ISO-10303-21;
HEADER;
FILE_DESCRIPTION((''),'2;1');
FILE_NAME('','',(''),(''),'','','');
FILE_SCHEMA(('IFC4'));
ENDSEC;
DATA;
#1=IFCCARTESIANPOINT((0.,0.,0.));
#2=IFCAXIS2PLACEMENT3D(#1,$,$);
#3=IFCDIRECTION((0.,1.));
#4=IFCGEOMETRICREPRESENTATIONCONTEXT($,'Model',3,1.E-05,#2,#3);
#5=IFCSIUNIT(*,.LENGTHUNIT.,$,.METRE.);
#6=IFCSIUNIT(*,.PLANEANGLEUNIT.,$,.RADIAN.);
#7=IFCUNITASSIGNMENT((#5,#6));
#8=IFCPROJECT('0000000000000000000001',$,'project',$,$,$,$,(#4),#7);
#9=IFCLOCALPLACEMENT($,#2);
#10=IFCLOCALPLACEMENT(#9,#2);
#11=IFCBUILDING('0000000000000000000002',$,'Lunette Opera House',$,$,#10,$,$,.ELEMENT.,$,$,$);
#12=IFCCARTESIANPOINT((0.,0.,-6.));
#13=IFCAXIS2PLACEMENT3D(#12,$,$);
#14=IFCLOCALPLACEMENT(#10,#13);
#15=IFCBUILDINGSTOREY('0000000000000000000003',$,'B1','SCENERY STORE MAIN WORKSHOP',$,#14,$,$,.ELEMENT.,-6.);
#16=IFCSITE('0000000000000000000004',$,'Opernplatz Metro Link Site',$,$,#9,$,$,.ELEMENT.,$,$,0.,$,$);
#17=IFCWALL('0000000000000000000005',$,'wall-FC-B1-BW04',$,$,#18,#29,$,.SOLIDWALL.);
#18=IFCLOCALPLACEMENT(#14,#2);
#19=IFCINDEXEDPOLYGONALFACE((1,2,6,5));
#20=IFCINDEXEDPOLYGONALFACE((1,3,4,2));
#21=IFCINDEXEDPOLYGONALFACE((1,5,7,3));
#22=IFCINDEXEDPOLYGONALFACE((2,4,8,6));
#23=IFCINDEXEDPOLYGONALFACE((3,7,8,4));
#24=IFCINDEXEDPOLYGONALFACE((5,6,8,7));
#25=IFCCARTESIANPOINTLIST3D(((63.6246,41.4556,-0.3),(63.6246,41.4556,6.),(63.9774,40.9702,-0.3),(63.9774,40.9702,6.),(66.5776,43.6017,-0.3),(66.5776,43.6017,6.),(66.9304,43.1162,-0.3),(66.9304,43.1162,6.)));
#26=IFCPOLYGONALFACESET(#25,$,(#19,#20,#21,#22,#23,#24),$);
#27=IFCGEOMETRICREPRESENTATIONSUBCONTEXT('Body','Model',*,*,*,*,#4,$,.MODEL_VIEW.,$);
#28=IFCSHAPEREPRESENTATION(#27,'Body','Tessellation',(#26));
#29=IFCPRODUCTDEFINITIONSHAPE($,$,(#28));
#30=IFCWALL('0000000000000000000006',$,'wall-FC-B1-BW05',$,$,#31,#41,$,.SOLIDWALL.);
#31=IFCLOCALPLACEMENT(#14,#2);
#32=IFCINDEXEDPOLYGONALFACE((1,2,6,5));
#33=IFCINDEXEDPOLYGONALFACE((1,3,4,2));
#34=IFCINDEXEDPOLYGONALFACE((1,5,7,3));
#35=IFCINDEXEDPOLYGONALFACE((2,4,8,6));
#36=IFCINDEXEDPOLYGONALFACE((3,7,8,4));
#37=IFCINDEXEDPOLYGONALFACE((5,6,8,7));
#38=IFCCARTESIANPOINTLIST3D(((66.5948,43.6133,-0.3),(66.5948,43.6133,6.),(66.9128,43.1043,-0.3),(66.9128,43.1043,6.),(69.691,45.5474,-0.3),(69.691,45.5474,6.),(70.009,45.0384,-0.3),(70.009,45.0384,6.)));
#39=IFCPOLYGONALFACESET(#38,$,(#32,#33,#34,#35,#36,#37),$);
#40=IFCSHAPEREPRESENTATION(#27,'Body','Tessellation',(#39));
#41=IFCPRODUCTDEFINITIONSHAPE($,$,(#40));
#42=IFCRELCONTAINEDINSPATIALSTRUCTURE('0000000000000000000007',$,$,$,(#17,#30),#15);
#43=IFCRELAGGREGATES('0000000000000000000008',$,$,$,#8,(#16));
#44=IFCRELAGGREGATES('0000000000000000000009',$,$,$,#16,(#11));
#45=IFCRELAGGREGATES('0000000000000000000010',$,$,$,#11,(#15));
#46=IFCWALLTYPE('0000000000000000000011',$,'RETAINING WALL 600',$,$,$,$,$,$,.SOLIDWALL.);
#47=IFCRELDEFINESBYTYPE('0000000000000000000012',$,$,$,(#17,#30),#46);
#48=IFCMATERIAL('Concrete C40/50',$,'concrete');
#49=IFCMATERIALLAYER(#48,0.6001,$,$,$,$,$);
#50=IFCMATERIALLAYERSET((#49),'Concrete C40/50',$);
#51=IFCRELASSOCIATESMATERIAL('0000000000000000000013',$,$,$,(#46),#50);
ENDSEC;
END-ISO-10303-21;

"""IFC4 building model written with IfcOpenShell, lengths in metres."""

from ifc_helpers import new_model, si_unit, direction, frame, frame_2d, origin, place, context, subcontext, project, spatial, rectangle, extrude, material, layer, layer_set, type_object, element, save


model = new_model("IFC4")

# Units and contexts
model_context = context("Model", 3, precision=1e-05, world=origin(), true_north=direction((0.0, 1.0)))
body_context = subcontext(model_context, "Body", "Model", "MODEL_VIEW")
ifc_project = project(units=[si_unit("LENGTHUNIT", "METRE"), si_unit("PLANEANGLEUNIT", "RADIAN")], contexts=[model_context])

# Site, building, storey
site_placement = place(None, origin())
site = spatial("IfcSite", under=ifc_project, at=site_placement, Name="Opernplatz Metro Link Site", CompositionType="ELEMENT", RefElevation=0.0)
building_placement = place(site_placement, origin())
building = spatial("IfcBuilding", under=site, at=building_placement, Name="Lunette Opera House", CompositionType="ELEMENT")
storey_placement = place(building_placement, frame((0.0, 0.0, -6.0)))
storey = spatial("IfcBuildingStorey", under=building, at=storey_placement, Name="B1", Description="SCENERY STORE MAIN WORKSHOP", CompositionType="ELEMENT", Elevation=-6.0)

# Walls
ifc_material_1 = material(Name="Concrete C40/50", Category="concrete")
ifc_layer_1 = layer(ifc_material_1, 0.6001)
ifc_layer_set_1 = layer_set([ifc_layer_1], Name="Concrete C40/50")
wall_type_1 = type_object("IfcWallType", Name="RETAINING WALL 600", PredefinedType="SOLIDWALL", material=ifc_layer_set_1)
wall_1_placement = place(storey_placement, frame((63.801, 41.2129, -0.3), z_axis=(0.0, 0.0, 1.0), x_axis=(0.808938, 0.587893, 0.0)))
element("IfcWall", 1, at=wall_1_placement, inside=storey, type_object=wall_type_1, Name="wall-FC-B1-BW04", PredefinedType="SOLIDWALL", context=body_context, shape_type="SweptSolid", body=[
    extrude(rectangle(XDim=3.6504, YDim=0.6001, at=frame_2d((1.8252, 0.0))), origin(), (0.0, 0.0, 1.0), 6.3),
])
wall_2_placement = place(storey_placement, frame((66.7539, 43.3589, -0.3), z_axis=(0.0, 0.0, 1.0), x_axis=(0.848126, 0.529795, 0.0)))
element("IfcWall", 2, at=wall_2_placement, inside=storey, type_object=wall_type_1, Name="wall-FC-B1-BW05", PredefinedType="SOLIDWALL", context=body_context, shape_type="SweptSolid", body=[
    extrude(rectangle(XDim=3.6506, YDim=0.6001, at=frame_2d((1.8252, 0.0))), origin(), (0.0, 0.0, 1.0), 6.3),
])

save(model, "model.ifc")
